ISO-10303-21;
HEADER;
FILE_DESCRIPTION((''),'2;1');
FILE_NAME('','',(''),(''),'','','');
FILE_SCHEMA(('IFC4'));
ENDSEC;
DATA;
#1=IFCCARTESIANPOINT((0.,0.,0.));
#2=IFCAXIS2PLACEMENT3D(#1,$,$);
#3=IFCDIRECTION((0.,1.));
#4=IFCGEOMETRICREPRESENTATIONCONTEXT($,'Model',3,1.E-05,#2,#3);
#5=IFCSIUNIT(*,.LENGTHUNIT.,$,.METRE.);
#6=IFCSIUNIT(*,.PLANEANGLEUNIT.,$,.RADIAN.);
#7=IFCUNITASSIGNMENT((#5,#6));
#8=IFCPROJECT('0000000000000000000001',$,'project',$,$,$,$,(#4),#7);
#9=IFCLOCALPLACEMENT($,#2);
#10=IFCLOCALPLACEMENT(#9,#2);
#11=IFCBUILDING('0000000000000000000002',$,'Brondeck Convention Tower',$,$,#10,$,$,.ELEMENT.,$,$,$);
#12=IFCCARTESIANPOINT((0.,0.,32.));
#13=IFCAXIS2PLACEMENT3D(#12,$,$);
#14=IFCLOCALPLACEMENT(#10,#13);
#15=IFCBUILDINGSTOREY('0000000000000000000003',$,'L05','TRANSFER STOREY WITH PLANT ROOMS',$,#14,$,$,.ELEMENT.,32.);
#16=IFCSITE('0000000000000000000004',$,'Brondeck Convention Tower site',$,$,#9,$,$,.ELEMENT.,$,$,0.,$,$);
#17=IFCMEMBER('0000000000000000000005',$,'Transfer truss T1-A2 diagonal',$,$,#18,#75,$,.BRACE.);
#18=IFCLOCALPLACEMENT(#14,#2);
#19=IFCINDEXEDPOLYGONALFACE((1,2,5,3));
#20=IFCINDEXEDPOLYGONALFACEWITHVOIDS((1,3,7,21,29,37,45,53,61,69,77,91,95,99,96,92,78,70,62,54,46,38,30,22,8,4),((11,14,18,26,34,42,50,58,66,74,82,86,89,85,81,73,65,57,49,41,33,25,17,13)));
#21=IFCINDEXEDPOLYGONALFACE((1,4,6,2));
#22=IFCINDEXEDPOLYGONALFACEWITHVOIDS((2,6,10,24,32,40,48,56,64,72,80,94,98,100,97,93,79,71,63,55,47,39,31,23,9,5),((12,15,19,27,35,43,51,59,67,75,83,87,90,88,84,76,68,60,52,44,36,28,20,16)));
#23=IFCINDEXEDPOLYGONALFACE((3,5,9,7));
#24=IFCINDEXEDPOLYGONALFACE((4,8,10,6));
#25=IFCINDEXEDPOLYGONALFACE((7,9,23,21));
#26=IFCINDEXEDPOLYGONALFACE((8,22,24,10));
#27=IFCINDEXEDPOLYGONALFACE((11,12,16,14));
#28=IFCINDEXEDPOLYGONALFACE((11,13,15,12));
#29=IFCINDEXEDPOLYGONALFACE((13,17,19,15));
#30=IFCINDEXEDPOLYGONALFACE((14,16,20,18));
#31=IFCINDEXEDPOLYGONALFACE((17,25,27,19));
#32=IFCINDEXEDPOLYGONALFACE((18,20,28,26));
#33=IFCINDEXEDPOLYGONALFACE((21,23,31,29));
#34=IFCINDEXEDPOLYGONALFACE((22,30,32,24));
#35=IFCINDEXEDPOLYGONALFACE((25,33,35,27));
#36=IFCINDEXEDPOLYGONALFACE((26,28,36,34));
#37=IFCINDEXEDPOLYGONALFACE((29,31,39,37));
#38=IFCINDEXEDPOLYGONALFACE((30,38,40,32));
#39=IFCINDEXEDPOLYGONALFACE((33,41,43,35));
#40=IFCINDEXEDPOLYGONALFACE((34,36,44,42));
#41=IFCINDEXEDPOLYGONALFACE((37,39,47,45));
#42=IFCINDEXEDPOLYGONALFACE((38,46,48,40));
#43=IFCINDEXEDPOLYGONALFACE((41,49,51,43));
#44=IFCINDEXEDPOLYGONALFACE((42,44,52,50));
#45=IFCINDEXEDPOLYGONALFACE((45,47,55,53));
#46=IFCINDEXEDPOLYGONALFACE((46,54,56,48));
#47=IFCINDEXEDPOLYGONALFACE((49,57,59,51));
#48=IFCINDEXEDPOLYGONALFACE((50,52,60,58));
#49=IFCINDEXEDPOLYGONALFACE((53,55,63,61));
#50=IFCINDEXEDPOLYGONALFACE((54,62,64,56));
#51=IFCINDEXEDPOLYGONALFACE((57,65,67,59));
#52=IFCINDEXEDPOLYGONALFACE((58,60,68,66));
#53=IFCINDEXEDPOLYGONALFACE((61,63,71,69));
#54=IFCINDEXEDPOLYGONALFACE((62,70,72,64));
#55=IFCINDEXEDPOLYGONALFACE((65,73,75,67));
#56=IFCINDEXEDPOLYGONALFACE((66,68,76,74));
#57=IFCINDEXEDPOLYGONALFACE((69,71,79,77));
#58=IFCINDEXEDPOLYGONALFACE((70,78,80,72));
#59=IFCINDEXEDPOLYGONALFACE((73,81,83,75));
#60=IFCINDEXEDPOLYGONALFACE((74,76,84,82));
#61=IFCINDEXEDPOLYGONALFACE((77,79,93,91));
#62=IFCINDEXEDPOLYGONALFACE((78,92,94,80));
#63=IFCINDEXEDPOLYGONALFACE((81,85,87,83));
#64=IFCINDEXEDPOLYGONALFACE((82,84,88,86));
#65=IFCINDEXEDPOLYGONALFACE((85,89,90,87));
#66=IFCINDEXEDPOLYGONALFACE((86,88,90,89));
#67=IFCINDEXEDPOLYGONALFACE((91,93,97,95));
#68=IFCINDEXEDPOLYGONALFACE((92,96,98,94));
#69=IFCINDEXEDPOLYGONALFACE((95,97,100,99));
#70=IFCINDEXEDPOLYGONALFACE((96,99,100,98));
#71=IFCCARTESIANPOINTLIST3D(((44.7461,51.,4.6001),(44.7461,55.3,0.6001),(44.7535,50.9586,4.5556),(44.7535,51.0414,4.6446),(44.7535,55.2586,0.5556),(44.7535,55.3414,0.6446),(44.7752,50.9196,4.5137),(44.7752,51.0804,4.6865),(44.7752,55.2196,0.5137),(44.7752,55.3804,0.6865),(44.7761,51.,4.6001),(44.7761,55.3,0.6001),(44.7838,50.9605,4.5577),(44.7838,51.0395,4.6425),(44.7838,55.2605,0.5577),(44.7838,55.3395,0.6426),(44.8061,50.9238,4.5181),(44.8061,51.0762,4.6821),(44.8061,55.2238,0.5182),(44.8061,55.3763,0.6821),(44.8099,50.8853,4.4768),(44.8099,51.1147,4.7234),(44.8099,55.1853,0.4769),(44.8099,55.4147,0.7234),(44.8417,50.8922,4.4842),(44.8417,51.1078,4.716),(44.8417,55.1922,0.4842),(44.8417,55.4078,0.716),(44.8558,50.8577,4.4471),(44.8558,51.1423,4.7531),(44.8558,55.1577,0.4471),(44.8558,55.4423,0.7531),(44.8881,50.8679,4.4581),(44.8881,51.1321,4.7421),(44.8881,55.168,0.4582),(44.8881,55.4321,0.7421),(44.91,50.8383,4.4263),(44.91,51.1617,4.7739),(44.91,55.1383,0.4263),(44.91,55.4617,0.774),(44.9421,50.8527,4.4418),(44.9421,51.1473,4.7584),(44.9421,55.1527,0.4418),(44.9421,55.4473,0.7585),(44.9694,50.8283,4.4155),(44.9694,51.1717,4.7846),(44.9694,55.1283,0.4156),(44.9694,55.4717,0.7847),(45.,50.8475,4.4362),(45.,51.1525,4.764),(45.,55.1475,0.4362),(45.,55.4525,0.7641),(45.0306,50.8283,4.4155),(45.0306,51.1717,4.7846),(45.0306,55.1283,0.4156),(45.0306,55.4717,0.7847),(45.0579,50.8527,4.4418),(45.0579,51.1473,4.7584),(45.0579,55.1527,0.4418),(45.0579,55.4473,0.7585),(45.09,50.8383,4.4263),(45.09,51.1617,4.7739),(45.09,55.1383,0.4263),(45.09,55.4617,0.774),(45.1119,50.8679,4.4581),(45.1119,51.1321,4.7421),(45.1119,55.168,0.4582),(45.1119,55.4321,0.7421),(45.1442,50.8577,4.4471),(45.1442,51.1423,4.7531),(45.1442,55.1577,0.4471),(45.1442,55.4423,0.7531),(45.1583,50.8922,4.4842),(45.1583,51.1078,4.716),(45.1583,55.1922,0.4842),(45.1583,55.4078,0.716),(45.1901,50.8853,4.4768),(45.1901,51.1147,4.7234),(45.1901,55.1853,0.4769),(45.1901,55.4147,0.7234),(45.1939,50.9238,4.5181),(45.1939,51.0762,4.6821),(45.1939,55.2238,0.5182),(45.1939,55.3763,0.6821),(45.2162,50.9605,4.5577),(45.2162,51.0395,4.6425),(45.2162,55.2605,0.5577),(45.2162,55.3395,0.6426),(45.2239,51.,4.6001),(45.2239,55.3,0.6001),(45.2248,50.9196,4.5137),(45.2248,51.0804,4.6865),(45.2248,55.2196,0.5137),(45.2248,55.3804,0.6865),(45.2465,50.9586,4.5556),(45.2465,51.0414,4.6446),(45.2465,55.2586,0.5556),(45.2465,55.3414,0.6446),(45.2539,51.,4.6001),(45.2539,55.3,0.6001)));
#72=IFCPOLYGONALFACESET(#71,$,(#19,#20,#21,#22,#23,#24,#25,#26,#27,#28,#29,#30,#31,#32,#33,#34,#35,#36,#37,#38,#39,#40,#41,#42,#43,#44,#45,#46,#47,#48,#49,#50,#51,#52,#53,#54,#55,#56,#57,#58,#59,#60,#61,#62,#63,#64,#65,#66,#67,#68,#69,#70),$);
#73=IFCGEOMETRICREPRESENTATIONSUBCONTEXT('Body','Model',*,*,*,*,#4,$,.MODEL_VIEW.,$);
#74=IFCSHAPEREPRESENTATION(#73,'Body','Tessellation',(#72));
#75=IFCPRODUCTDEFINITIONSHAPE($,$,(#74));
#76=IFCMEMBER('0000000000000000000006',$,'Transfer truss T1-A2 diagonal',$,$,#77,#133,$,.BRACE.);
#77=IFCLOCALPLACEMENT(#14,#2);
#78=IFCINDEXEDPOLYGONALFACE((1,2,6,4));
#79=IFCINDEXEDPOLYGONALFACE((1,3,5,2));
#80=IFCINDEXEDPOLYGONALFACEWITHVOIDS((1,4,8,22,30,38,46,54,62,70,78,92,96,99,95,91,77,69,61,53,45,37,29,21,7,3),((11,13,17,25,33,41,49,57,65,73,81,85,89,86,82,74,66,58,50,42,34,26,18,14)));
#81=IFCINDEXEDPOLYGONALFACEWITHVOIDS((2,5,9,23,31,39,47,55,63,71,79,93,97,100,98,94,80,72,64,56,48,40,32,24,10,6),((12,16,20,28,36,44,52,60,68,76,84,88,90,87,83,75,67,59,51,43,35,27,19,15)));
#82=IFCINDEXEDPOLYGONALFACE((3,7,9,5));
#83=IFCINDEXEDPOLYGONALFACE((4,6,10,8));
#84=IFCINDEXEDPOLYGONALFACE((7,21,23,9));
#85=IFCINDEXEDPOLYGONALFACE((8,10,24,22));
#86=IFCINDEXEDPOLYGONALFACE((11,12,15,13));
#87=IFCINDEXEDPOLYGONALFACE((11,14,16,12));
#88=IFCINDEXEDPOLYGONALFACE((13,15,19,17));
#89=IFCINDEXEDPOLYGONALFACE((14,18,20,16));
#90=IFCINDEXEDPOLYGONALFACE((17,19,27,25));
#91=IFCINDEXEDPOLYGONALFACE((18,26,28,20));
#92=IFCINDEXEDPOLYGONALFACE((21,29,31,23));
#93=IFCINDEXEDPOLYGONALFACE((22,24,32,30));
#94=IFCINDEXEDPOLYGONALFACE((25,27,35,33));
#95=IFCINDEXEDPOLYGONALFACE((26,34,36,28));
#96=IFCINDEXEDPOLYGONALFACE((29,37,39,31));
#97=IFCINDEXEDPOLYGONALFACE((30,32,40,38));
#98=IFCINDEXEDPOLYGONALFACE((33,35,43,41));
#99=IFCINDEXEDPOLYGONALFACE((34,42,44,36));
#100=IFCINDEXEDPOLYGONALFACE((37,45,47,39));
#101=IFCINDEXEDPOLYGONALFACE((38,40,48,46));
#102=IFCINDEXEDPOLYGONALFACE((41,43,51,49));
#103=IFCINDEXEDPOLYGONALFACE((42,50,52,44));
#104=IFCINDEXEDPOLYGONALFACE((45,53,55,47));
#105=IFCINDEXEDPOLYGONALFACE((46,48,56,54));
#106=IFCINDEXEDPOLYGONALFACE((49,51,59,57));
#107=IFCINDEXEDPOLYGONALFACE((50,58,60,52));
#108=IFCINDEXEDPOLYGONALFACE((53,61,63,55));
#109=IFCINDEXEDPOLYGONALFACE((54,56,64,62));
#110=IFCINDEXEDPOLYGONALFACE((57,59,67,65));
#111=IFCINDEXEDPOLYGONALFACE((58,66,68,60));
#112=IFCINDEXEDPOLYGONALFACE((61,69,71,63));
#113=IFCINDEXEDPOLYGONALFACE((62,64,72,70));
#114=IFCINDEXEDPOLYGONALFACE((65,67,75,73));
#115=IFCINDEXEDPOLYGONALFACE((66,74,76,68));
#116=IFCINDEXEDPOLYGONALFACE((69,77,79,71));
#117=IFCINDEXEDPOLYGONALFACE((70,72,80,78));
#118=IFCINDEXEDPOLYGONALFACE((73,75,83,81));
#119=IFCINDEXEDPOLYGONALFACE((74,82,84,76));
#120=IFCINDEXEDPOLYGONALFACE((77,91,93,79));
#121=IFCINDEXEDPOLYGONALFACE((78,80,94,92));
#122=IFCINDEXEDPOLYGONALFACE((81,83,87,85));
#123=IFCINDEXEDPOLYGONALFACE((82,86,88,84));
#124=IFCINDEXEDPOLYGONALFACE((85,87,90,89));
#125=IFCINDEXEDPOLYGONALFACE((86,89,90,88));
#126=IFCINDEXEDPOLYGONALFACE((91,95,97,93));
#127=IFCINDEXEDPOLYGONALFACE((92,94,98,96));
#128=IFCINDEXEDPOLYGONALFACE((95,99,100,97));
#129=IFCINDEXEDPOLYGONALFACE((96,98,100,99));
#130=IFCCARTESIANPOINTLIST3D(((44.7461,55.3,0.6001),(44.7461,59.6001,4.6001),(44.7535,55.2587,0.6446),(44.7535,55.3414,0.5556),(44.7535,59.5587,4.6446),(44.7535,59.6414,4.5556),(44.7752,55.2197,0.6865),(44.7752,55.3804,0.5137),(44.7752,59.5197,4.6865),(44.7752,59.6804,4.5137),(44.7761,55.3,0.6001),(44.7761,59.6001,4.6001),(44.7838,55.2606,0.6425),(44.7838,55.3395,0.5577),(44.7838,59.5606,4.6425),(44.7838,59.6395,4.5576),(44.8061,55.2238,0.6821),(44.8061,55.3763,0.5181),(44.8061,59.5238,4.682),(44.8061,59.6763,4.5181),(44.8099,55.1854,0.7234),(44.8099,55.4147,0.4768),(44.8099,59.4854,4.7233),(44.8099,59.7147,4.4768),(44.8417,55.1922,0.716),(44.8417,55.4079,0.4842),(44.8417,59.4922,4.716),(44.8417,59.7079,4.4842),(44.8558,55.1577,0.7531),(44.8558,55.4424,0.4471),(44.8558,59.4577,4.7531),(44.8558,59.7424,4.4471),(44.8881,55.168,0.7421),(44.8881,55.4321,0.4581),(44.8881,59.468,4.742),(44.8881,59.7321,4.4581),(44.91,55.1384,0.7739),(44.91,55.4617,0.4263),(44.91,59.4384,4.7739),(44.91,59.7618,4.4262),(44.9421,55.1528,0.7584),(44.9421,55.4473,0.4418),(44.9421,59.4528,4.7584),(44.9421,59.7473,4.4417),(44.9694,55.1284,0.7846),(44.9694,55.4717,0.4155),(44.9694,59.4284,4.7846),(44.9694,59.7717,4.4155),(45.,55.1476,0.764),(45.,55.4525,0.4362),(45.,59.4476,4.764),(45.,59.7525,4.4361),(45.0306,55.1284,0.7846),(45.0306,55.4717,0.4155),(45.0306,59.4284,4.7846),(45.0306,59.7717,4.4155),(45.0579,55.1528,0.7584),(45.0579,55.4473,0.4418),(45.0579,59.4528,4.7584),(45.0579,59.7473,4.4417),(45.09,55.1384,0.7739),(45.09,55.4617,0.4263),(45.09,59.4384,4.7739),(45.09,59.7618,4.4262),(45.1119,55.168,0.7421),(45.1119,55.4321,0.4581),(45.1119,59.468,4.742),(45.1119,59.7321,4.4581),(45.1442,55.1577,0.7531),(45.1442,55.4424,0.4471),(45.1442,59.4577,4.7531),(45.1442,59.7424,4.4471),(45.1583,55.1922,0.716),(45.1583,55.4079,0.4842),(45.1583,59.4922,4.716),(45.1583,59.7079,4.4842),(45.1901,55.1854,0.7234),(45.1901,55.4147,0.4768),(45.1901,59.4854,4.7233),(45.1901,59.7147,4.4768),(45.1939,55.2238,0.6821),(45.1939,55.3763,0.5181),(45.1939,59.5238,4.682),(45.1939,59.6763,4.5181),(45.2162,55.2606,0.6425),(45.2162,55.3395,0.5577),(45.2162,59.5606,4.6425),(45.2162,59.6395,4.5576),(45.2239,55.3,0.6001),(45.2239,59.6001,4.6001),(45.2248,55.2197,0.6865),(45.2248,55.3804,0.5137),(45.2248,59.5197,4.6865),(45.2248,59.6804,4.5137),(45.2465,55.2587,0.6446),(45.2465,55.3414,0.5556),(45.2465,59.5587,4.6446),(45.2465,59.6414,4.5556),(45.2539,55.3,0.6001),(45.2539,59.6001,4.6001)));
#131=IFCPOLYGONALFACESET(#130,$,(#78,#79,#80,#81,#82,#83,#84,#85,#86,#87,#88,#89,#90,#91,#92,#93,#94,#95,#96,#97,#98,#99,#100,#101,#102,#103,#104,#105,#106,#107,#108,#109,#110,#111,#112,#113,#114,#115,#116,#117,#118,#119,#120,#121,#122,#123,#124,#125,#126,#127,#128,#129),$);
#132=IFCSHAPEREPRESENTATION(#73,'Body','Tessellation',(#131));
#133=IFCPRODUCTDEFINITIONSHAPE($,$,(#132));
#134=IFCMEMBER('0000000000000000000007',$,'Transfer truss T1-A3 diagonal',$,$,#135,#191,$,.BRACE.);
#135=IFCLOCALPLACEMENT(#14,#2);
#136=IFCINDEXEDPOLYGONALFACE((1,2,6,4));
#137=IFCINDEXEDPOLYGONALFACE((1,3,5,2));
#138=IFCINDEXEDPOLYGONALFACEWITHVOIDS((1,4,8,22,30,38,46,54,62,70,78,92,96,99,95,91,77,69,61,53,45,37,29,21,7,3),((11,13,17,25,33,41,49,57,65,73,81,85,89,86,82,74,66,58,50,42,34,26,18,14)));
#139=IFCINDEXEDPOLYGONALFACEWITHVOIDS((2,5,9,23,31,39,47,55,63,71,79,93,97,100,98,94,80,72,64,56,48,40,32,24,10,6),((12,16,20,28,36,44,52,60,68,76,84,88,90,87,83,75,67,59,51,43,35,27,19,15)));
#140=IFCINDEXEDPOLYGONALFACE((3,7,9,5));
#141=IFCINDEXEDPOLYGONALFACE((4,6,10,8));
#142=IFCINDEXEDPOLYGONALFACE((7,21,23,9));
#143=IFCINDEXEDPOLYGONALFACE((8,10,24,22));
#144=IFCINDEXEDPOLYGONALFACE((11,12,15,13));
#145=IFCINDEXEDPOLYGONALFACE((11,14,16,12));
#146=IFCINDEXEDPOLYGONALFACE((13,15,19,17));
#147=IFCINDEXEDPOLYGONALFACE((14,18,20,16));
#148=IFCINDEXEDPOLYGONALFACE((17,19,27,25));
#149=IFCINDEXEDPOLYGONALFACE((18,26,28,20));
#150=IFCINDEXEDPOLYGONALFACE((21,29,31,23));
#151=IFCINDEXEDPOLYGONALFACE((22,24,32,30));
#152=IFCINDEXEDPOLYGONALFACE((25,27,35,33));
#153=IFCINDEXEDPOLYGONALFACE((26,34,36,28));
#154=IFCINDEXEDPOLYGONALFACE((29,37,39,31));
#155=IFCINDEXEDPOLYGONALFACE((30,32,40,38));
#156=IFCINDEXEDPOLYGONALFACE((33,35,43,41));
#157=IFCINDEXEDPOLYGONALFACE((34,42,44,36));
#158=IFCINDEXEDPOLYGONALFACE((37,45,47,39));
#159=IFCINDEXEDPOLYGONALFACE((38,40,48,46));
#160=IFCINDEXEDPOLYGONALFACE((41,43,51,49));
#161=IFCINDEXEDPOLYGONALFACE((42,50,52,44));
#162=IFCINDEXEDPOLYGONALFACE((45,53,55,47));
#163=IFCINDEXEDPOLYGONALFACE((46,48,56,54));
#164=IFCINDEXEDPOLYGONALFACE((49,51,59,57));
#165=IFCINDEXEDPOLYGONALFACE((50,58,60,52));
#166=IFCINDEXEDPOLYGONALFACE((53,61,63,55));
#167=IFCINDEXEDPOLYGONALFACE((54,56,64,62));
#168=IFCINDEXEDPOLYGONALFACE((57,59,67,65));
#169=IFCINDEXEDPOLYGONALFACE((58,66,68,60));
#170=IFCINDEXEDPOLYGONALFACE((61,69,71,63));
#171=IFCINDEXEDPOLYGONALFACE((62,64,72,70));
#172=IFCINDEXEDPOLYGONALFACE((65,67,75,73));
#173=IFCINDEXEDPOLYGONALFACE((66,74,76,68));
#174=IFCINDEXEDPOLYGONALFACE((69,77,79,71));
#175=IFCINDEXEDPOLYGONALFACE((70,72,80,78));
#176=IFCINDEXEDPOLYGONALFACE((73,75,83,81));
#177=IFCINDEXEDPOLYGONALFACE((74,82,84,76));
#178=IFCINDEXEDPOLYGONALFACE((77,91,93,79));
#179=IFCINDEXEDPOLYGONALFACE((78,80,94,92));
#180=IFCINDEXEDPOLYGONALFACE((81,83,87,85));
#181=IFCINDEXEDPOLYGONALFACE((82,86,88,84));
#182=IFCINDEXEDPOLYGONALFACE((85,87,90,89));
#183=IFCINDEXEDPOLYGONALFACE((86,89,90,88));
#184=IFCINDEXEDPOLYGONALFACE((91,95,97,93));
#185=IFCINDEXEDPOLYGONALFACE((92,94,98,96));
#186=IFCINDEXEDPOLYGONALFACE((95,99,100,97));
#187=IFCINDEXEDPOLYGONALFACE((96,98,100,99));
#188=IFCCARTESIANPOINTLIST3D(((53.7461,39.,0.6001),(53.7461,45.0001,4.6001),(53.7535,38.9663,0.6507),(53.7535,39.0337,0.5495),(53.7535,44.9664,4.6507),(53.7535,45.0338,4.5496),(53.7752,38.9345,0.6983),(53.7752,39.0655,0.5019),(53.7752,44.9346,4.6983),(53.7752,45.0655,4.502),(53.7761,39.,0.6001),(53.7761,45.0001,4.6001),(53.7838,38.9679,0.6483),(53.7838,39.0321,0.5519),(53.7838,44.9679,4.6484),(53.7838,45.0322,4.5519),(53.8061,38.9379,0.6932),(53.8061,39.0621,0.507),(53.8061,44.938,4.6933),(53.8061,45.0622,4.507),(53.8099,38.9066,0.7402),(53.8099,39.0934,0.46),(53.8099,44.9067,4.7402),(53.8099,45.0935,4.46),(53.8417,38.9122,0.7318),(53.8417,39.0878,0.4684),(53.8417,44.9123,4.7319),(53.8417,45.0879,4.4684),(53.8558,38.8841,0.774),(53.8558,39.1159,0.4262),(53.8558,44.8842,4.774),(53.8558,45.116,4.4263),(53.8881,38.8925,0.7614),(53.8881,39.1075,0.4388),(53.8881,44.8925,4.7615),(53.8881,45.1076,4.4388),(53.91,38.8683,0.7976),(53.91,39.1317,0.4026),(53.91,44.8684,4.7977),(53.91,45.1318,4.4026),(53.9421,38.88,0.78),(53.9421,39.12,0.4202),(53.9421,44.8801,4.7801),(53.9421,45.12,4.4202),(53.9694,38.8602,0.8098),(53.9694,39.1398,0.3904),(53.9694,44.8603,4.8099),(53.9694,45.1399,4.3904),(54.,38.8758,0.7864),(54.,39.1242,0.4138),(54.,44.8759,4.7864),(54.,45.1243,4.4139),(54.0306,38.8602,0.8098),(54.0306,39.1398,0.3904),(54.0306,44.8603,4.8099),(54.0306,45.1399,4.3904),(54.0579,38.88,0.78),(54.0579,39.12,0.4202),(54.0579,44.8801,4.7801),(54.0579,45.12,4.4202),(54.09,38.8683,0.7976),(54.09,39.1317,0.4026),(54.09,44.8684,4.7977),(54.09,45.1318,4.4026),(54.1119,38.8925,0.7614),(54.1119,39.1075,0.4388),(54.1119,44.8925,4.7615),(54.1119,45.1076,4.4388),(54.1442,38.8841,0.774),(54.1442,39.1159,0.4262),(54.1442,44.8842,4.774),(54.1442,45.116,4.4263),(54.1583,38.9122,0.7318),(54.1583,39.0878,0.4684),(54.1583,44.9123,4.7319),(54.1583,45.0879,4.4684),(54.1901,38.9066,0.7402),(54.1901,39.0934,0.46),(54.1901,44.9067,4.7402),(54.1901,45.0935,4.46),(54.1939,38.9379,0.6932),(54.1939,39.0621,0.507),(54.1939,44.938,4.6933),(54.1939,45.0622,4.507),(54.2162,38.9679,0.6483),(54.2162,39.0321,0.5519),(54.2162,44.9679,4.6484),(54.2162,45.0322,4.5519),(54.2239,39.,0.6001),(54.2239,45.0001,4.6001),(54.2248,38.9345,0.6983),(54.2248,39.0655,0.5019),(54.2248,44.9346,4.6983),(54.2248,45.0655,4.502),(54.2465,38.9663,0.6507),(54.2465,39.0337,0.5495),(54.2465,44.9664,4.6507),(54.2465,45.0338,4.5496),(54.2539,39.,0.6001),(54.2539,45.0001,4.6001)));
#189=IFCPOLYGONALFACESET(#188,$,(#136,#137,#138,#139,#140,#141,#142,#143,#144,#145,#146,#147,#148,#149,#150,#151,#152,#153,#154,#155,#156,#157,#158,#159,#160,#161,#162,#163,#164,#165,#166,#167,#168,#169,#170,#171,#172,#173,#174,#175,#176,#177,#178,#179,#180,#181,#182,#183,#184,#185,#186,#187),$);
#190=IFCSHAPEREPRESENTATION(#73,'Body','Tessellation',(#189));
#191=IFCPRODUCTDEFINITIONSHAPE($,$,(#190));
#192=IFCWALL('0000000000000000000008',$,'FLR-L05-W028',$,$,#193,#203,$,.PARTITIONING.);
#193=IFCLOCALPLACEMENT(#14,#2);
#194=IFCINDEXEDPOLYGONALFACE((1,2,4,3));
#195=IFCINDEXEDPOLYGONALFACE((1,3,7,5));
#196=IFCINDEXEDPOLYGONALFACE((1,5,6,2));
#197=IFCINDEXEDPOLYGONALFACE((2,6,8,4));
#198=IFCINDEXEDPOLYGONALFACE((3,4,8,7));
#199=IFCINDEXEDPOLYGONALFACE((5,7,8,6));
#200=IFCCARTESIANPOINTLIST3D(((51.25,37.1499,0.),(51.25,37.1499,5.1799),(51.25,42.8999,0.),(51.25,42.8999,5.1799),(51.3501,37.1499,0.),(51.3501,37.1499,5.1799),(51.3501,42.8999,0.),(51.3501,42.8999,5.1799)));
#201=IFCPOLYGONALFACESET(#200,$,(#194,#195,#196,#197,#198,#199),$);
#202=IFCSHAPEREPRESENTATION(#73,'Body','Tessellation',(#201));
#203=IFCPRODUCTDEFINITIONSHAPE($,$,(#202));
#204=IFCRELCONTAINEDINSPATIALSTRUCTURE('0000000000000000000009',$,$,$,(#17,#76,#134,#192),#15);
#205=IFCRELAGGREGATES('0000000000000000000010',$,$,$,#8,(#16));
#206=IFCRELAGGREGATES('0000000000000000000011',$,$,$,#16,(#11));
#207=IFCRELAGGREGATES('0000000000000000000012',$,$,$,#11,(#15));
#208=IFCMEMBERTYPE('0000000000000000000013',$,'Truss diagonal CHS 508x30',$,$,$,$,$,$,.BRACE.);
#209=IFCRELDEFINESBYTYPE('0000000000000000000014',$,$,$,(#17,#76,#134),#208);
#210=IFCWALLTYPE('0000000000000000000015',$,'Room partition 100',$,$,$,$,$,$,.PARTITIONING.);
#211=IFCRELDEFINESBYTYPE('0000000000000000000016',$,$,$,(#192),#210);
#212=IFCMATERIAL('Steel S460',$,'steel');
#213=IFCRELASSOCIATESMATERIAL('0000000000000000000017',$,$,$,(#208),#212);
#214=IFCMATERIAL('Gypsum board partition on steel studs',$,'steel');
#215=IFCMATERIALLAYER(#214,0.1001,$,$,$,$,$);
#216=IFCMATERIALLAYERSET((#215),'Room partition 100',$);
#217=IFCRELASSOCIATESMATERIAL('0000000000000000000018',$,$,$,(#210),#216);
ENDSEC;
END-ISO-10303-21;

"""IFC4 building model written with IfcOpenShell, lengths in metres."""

from ifc_helpers import new_model, si_unit, direction, frame, frame_2d, origin, origin_2d, place, context, subcontext, project, spatial, rectangle, hollow_circle, extrude, material, layer, layer_set, material_profile, profile_set, type_object, element, save


model = new_model("IFC4")

# Units and contexts
model_context = context("Model", 3, precision=1e-05, world=origin(), true_north=direction((0.0, 1.0)))
body_context = subcontext(model_context, "Body", "Model", "MODEL_VIEW")
ifc_project = project(units=[si_unit("LENGTHUNIT", "METRE"), si_unit("PLANEANGLEUNIT", "RADIAN")], contexts=[model_context])

# Site, building, storey
site_placement = place(None, origin())
site = spatial("IfcSite", under=ifc_project, at=site_placement, Name="Brondeck Convention Tower site", CompositionType="ELEMENT", RefElevation=0.0)
building_placement = place(site_placement, origin())
building = spatial("IfcBuilding", under=site, at=building_placement, Name="Brondeck Convention Tower", CompositionType="ELEMENT")
storey_placement = place(building_placement, frame((0.0, 0.0, 32.0)))
storey = spatial("IfcBuildingStorey", under=building, at=storey_placement, Name="L05", Description="TRANSFER STOREY WITH PLANT ROOMS", CompositionType="ELEMENT", Elevation=32.0)

# Shared definitions
ifc_material_1 = material(Name="Steel S460", Category="steel")

# Members
ifc_material_profile_1 = material_profile(ifc_material_1, hollow_circle(Radius=0.2539, WallThickness=0.03, at=origin_2d()), Name="CHS 508x30")
ifc_profile_set_1 = profile_set([ifc_material_profile_1], Name="Steel S460")
member_type_1 = type_object("IfcMemberType", Name="Truss diagonal CHS 508x30", PredefinedType="BRACE", material=ifc_profile_set_1)
for number, where, z_axis, x_axis, name in (
    (1, (45.0, 51.0, 4.6001), (0.0, 0.732191, -0.6811), (-1.0, 0.0, 0.0), "Transfer truss T1-A2 diagonal"),
    (2, (45.0, 55.3, 0.6001), (0.0, 0.732191, 0.6811), (-1.0, 0.0, 0.0), "Transfer truss T1-A2 diagonal"),
):
    element("IfcMember", number, at=place(storey_placement, frame(where, z_axis=z_axis, x_axis=x_axis)), inside=storey, type_object=member_type_1, Name=name, PredefinedType="BRACE", context=body_context, shape_type="SweptSolid", body=[
        extrude(hollow_circle(Radius=0.2539, WallThickness=0.03, at=origin_2d()), origin(), (0.0, 0.0, 1.0), 5.8728),
    ])
member_1_placement = place(storey_placement, frame((54.0, 39.0, 0.6001), z_axis=(0.0, 0.83205, 0.5547), x_axis=(-1.0, 0.0, 0.0)))
element("IfcMember", 3, at=member_1_placement, inside=storey, type_object=member_type_1, Name="Transfer truss T1-A3 diagonal", PredefinedType="BRACE", context=body_context, shape_type="SweptSolid", body=[
    extrude(hollow_circle(Radius=0.2539, WallThickness=0.03, at=origin_2d()), origin(), (0.0, 0.0, 1.0), 7.2112),
])

# Wall
ifc_material_2 = material(Name="Gypsum board partition on steel studs", Category="steel")
ifc_layer_1 = layer(ifc_material_2, 0.1001)
ifc_layer_set_1 = layer_set([ifc_layer_1], Name="Room partition 100")
wall_type_1 = type_object("IfcWallType", Name="Room partition 100", PredefinedType="PARTITIONING", material=ifc_layer_set_1)
wall_1_placement = place(storey_placement, frame((51.3, 42.8999, 0.0), z_axis=(0.0, 0.0, 1.0), x_axis=(0.0, -1.0, 0.0)))
element("IfcWall", 4, at=wall_1_placement, inside=storey, type_object=wall_type_1, Name="FLR-L05-W028", PredefinedType="PARTITIONING", context=body_context, shape_type="SweptSolid", body=[
    extrude(rectangle(XDim=5.75, YDim=0.1001, at=frame_2d((2.875, 0.0))), origin(), (0.0, 0.0, 1.0), 5.1799),
])

save(model, "model.ifc")
